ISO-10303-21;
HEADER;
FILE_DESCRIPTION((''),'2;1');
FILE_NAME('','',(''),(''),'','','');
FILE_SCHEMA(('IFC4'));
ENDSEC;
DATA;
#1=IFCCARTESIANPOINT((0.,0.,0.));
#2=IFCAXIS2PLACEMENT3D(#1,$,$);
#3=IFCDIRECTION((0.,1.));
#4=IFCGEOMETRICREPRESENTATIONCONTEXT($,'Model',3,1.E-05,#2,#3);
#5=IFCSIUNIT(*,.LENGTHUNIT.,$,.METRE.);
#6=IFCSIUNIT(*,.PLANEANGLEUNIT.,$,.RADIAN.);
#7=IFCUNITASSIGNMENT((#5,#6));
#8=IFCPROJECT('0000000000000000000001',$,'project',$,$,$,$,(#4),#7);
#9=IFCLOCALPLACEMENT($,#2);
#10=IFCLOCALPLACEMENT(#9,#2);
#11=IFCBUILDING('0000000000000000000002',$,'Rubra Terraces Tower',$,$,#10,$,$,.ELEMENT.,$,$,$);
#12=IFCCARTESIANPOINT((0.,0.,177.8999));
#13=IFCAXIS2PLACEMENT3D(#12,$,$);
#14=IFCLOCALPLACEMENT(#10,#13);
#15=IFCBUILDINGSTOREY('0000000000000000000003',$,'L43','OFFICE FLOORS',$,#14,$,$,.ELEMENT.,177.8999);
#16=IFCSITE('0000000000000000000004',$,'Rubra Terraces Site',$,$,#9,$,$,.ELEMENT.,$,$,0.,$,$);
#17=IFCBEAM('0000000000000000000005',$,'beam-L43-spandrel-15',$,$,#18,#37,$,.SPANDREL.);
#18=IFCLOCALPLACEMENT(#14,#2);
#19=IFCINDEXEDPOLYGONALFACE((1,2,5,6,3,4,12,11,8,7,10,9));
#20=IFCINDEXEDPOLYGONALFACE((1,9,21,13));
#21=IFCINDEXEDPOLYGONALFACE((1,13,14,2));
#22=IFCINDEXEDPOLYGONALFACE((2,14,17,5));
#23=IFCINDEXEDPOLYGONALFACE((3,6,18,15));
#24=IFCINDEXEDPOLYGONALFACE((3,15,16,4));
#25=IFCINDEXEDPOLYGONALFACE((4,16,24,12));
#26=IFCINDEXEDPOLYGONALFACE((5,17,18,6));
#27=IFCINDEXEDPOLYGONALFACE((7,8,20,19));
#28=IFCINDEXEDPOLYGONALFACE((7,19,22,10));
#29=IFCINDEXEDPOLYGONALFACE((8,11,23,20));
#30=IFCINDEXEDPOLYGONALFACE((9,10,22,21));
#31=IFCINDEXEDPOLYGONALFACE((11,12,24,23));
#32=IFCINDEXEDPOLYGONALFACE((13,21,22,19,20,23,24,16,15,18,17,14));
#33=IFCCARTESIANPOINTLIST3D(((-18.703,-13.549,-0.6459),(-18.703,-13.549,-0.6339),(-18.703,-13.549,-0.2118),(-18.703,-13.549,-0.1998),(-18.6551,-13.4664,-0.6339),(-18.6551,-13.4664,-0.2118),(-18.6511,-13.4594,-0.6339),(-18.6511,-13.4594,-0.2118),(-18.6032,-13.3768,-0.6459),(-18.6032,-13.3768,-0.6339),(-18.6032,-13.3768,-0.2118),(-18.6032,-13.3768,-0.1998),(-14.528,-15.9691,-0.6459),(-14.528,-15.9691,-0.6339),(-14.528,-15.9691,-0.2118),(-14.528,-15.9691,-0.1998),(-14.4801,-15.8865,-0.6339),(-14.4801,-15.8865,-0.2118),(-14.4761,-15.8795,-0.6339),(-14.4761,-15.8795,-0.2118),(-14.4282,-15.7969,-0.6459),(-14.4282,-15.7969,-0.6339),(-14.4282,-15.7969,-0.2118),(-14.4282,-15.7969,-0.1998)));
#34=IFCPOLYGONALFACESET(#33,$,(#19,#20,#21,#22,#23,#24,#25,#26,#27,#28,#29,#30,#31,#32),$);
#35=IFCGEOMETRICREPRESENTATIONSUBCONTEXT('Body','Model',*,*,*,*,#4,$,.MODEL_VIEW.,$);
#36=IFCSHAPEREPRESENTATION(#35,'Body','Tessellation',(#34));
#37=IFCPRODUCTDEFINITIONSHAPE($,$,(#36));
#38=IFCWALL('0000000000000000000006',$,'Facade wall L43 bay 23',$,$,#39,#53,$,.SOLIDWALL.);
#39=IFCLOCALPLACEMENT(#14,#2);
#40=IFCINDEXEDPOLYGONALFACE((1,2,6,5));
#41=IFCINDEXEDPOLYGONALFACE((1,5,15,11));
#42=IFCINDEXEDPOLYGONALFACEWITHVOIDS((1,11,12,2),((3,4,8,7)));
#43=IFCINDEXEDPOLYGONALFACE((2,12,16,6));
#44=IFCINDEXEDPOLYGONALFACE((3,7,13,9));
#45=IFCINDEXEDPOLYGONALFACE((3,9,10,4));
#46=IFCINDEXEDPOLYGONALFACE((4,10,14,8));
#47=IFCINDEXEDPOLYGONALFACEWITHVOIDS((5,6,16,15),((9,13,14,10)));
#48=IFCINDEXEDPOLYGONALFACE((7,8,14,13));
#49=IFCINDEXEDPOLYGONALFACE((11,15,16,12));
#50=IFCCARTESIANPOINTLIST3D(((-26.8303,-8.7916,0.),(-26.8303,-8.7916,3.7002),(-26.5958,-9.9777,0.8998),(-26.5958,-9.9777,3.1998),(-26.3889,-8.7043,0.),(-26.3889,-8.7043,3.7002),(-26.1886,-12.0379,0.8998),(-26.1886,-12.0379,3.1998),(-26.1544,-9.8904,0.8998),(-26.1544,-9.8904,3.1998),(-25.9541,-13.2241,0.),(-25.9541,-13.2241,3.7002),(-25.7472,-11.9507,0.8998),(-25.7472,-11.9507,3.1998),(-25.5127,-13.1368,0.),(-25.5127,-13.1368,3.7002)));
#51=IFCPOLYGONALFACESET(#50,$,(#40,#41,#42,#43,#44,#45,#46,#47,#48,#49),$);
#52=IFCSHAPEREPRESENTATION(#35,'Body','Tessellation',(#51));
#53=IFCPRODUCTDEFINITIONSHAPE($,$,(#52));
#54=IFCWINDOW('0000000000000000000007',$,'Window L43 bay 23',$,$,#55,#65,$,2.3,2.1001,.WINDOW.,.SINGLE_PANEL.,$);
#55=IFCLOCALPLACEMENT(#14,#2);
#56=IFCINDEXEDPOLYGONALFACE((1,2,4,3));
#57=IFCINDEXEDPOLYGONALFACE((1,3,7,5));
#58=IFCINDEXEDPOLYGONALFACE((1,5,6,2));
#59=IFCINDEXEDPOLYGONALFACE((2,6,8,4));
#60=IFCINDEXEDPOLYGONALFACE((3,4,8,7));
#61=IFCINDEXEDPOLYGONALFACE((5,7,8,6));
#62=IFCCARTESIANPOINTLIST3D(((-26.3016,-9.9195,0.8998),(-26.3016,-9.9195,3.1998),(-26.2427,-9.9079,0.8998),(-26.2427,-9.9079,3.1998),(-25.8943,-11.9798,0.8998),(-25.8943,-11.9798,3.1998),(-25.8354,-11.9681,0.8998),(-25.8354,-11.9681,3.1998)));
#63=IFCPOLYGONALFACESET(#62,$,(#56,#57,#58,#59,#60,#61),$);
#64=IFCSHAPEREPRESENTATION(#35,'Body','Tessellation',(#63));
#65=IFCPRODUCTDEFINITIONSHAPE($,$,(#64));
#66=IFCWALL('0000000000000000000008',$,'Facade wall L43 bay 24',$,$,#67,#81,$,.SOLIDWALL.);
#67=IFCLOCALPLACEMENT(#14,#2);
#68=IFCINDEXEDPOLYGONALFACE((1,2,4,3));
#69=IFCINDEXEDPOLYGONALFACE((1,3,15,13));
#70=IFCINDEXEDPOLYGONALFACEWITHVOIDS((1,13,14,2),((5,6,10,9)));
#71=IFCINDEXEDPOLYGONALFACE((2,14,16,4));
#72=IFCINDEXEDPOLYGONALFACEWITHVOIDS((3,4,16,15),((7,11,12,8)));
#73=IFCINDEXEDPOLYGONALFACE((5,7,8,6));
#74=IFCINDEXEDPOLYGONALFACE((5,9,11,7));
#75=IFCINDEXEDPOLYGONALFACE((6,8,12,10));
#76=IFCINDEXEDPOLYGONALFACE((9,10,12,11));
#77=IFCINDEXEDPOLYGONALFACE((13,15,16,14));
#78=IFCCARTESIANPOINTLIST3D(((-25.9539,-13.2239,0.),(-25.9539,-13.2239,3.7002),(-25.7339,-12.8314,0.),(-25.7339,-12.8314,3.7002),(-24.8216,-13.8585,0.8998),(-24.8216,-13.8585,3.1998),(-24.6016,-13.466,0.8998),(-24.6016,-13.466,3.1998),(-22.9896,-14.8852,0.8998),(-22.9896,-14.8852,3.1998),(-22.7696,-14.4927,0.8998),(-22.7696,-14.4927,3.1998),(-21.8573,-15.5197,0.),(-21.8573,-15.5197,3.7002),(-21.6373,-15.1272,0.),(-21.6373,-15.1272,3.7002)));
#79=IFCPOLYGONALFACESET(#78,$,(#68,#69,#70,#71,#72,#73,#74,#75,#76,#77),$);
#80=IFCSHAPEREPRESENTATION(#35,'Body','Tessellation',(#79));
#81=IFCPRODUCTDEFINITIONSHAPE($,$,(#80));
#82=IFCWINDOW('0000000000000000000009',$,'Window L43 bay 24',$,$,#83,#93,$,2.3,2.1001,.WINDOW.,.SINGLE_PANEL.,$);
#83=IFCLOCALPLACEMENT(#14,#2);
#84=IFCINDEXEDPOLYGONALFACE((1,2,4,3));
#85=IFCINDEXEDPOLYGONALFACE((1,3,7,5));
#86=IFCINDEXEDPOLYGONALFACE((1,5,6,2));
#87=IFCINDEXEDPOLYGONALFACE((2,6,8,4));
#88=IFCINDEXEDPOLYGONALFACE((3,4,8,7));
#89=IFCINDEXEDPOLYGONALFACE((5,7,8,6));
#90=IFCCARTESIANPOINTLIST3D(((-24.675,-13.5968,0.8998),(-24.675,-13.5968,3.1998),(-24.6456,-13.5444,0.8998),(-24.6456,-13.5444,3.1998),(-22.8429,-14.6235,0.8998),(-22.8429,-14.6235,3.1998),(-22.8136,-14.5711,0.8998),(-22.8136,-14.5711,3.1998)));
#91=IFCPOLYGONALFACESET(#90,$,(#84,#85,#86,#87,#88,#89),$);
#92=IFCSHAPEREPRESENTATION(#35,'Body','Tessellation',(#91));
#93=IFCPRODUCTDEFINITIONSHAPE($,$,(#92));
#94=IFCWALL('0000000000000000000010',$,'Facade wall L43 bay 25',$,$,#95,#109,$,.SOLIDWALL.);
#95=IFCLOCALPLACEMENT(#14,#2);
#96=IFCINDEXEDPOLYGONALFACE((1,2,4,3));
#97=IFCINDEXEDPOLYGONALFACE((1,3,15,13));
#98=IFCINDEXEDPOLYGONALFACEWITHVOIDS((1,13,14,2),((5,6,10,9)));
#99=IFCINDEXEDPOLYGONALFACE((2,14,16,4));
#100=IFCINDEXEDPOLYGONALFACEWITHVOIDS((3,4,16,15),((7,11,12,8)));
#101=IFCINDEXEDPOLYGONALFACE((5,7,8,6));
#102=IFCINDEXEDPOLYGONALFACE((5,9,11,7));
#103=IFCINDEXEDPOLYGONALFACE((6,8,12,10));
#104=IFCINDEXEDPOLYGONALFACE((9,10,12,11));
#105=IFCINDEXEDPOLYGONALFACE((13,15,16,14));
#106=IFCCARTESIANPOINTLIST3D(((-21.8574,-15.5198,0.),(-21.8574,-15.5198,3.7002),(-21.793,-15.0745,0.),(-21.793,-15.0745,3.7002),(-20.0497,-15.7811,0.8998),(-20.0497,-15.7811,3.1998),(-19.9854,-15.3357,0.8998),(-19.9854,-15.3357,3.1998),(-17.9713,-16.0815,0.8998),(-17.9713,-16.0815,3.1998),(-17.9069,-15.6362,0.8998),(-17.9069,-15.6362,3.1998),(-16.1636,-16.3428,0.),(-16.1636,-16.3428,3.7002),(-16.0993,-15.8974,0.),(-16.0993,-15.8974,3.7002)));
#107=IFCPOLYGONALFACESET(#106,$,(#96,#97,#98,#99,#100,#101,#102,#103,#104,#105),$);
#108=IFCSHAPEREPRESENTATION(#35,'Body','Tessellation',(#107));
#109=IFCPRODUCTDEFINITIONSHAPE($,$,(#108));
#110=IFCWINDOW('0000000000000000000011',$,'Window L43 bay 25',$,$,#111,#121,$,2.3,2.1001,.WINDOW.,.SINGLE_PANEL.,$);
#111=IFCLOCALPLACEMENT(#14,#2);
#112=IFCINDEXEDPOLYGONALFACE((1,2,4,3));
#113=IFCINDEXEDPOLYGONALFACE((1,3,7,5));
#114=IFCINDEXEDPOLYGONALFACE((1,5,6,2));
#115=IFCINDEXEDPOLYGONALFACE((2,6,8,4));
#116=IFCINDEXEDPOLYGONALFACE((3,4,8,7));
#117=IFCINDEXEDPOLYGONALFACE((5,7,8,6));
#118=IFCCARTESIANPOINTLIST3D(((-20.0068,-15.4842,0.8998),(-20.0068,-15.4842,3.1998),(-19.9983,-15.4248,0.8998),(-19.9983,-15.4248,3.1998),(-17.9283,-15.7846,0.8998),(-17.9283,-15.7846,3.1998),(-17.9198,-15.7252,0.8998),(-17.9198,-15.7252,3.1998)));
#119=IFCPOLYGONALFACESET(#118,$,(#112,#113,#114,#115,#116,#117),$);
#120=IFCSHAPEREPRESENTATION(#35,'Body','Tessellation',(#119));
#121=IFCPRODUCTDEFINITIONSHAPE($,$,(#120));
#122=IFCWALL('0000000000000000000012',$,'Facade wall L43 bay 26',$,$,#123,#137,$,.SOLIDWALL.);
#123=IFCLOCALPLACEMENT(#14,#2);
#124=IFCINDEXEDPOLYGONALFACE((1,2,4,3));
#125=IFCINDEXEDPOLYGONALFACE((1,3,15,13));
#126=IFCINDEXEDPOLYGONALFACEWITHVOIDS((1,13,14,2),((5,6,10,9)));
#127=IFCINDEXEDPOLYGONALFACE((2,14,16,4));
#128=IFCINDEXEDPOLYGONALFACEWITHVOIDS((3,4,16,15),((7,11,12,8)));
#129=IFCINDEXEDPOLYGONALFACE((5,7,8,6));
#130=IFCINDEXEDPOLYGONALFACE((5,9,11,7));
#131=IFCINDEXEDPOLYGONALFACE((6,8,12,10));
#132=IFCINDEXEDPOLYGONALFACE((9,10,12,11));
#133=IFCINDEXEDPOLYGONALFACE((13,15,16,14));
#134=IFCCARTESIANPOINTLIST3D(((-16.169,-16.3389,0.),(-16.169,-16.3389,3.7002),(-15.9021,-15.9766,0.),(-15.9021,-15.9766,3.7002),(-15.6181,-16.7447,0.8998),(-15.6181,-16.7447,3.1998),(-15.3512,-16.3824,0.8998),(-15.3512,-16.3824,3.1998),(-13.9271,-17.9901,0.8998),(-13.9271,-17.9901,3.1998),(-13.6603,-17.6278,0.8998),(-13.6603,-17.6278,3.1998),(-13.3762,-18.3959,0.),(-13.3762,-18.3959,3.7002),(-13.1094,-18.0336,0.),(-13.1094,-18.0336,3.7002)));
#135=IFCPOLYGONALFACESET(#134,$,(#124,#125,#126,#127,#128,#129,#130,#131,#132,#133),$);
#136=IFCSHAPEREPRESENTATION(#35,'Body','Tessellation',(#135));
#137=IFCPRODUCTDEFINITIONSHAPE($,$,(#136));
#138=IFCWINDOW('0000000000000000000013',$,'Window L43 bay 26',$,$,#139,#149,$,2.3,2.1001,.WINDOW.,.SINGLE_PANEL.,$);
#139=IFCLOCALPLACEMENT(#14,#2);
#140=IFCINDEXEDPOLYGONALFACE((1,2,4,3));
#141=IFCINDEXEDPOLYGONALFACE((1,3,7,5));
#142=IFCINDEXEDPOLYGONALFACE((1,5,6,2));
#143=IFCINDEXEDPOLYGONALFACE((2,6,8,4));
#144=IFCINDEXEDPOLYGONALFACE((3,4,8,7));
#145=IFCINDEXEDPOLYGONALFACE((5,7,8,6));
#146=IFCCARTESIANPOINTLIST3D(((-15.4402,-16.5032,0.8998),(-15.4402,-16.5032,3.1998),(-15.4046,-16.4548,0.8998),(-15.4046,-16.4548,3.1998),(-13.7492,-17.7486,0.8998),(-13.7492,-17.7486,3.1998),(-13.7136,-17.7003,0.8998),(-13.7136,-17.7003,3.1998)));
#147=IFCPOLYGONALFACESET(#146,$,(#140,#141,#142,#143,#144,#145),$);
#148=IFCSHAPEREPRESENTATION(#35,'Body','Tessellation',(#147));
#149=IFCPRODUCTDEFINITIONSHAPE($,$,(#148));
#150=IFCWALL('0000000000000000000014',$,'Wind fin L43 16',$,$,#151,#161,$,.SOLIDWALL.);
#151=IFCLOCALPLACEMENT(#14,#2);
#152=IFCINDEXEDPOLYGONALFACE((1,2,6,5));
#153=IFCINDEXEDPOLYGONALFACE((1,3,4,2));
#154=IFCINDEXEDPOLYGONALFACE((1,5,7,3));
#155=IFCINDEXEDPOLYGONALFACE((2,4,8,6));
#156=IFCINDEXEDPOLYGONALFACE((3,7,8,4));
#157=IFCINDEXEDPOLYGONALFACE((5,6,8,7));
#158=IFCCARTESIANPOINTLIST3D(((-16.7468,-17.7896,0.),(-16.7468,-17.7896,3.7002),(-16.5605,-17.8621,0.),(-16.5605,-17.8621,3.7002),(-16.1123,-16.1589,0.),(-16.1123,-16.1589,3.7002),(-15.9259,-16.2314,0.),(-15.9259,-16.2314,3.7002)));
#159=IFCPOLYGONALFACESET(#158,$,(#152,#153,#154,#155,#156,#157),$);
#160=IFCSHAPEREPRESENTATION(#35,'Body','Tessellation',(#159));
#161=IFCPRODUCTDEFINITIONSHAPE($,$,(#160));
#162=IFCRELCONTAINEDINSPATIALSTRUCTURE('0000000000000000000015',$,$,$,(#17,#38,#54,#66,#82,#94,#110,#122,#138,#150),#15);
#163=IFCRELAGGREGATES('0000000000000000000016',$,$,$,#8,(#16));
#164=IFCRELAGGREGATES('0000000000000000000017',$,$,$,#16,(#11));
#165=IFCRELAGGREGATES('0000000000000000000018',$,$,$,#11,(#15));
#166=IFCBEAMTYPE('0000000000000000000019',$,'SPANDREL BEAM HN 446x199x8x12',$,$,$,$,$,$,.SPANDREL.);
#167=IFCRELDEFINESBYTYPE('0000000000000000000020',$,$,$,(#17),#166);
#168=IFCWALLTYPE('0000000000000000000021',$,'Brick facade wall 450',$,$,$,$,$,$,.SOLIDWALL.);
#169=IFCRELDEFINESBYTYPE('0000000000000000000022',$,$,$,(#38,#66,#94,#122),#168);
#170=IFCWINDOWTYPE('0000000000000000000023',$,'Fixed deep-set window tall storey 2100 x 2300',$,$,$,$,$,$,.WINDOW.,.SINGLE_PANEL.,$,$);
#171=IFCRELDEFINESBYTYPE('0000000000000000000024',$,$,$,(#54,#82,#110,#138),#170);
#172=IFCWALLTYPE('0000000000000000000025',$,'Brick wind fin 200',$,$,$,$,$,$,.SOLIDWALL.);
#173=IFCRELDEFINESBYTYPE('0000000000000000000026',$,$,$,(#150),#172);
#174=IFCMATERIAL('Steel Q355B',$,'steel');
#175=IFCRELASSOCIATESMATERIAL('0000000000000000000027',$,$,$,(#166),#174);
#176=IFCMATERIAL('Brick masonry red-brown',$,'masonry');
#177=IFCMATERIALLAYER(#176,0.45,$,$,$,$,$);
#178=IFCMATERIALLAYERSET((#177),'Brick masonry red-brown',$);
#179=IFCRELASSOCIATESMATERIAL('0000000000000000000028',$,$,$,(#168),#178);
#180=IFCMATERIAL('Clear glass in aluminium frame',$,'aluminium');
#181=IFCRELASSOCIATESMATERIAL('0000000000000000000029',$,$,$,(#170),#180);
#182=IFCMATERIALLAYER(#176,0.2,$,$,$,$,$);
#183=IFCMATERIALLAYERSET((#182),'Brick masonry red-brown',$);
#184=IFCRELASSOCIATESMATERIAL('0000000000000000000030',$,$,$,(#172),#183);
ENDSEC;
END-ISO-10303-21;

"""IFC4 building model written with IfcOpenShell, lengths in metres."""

from ifc_helpers import new_model, si_unit, direction, frame, frame_2d, origin, origin_2d, place, context, subcontext, project, spatial, rectangle, i_section, extrude, material, layer, layer_set, material_profile, profile_set, type_object, element, fill, save


model = new_model("IFC4")

# Units and contexts
model_context = context("Model", 3, precision=1e-05, world=origin(), true_north=direction((0.0, 1.0)))
body_context = subcontext(model_context, "Body", "Model", "MODEL_VIEW")
ifc_project = project(units=[si_unit("LENGTHUNIT", "METRE"), si_unit("PLANEANGLEUNIT", "RADIAN")], contexts=[model_context])

# Site, building, storey
site_placement = place(None, origin())
site = spatial("IfcSite", under=ifc_project, at=site_placement, Name="Rubra Terraces Site", CompositionType="ELEMENT", RefElevation=0.0)
building_placement = place(site_placement, origin())
building = spatial("IfcBuilding", under=site, at=building_placement, Name="Rubra Terraces Tower", CompositionType="ELEMENT")
storey_placement = place(building_placement, frame((0.0, 0.0, 177.8999)))
storey = spatial("IfcBuildingStorey", under=building, at=storey_placement, Name="L43", Description="OFFICE FLOORS", CompositionType="ELEMENT", Elevation=177.8999)

# Beam
ifc_material_1 = material(Name="Steel Q355B", Category="steel")
ifc_material_profile_1 = material_profile(ifc_material_1, i_section(OverallWidth=0.199, OverallDepth=0.446, WebThickness=0.0081, FlangeThickness=0.012, at=origin_2d()), Name="HN 446x199x8x12")
ifc_profile_set_1 = profile_set([ifc_material_profile_1], Name="Steel Q355B")
beam_type_1 = type_object("IfcBeamType", Name="SPANDREL BEAM HN 446x199x8x12", PredefinedType="SPANDREL", material=ifc_profile_set_1)
beam_1_placement = place(storey_placement, frame((-18.6531, -13.4629, -0.4229), z_axis=(0.865154, -0.501507, 0.0), x_axis=(0.501507, 0.865154, 0.0)))
element("IfcBeam", 1, at=beam_1_placement, inside=storey, type_object=beam_type_1, Name="beam-L43-spandrel-15", PredefinedType="SPANDREL", context=body_context, shape_type="SweptSolid", body=[
    extrude(i_section(OverallWidth=0.199, OverallDepth=0.446, WebThickness=0.0081, FlangeThickness=0.012, at=origin_2d()), origin(), (0.0, 0.0, 1.0), 4.8257),
])

# Walls, openings, windows
ifc_material_2 = material(Name="Brick masonry red-brown", Category="masonry")
ifc_layer_1 = layer(ifc_material_2, 0.45)
ifc_layer_set_1 = layer_set([ifc_layer_1], Name="Brick masonry red-brown")
wall_type_1 = type_object("IfcWallType", Name="Brick facade wall 450", PredefinedType="SOLIDWALL", material=ifc_layer_set_1)
wall_1_placement = place(storey_placement, frame((-26.6096, -8.7478, 0.0), z_axis=(0.0, 0.0, 1.0), x_axis=(0.193923, -0.981017, 0.0)))
wall_1 = element("IfcWall", 2, at=wall_1_placement, inside=storey, type_object=wall_type_1, Name="Facade wall L43 bay 23", PredefinedType="SOLIDWALL", context=body_context, shape_type="SweptSolid", body=[
    extrude(rectangle(XDim=4.5183, YDim=0.45, at=frame_2d((2.2593, 0.0))), origin(), (0.0, 0.0, 1.0), 3.7002),
])
opening_1_placement = place(wall_1_placement, frame((1.2092, 0.0, 0.8999)))
opening_1 = element("IfcOpeningElement", 3, at=opening_1_placement, cuts=wall_1, PredefinedType="OPENING", context=body_context, shape_type="SweptSolid", body=[
    extrude(rectangle(XDim=2.1001, YDim=2.3, at=frame_2d((1.05, 1.1499))), frame((0.0, 0.2349, 0.0), z_axis=(0.0, -1.0, 0.0), x_axis=(1.0, 0.0, 0.0)), (0.0, 0.0, 1.0), 0.47),
])
ifc_material_3 = material(Name="Clear glass in aluminium frame", Category="aluminium")
window_type = type_object("IfcWindowType", Name="Fixed deep-set window tall storey 2100 x 2300", PartitioningType="SINGLE_PANEL", PredefinedType="WINDOW", material=ifc_material_3)
window_1_placement = place(opening_1_placement, origin())
window_1 = element("IfcWindow", 4, at=window_1_placement, inside=storey, type_object=window_type, Name="Window L43 bay 23", OverallHeight=2.3, OverallWidth=2.1001, PartitioningType="SINGLE_PANEL", PredefinedType="WINDOW", context=body_context, shape_type="SweptSolid", body=[
    extrude(rectangle(XDim=2.1001, YDim=2.3, at=frame_2d((1.05, 1.1499))), frame((0.0, 0.135, 0.0), z_axis=(0.0, -1.0, 0.0), x_axis=(1.0, 0.0, 0.0)), (0.0, 0.0, 1.0), 0.0601),
])
fill(opening_1, window_1)
wall_2_placement = place(storey_placement, frame((-25.844, -13.0276, 0.0), z_axis=(0.0, 0.0, 1.0), x_axis=(0.872346, -0.488888, 0.0)))
wall_2 = element("IfcWall", 5, at=wall_2_placement, inside=storey, type_object=wall_type_1, Name="Facade wall L43 bay 24", PredefinedType="SOLIDWALL", context=body_context, shape_type="SweptSolid", body=[
    extrude(rectangle(XDim=4.696, YDim=0.45, at=frame_2d((2.3481, 0.0))), origin(), (0.0, 0.0, 1.0), 3.7002),
])
opening_2_placement = place(wall_2_placement, frame((1.2981, 0.0, 0.8999)))
opening_2 = element("IfcOpeningElement", 6, at=opening_2_placement, cuts=wall_2, PredefinedType="OPENING", context=body_context, shape_type="SweptSolid", body=[
    extrude(rectangle(XDim=2.1001, YDim=2.3, at=frame_2d((1.05, 1.1499))), frame((0.0, 0.2349, 0.0), z_axis=(0.0, -1.0, 0.0), x_axis=(1.0, 0.0, 0.0)), (0.0, 0.0, 1.0), 0.47),
])
window_2_placement = place(opening_2_placement, origin())
window_2 = element("IfcWindow", 7, at=window_2_placement, inside=storey, type_object=window_type, Name="Window L43 bay 24", OverallHeight=2.3, OverallWidth=2.1001, PartitioningType="SINGLE_PANEL", PredefinedType="WINDOW", context=body_context, shape_type="SweptSolid", body=[
    extrude(rectangle(XDim=2.1001, YDim=2.3, at=frame_2d((1.05, 1.1499))), frame((0.0, 0.135, 0.0), z_axis=(0.0, -1.0, 0.0), x_axis=(1.0, 0.0, 0.0)), (0.0, 0.0, 1.0), 0.0601),
])
fill(opening_2, window_2)
wall_3_placement = place(storey_placement, frame((-21.8252, -15.2971, 0.0), z_axis=(0.0, 0.0, 1.0), x_axis=(0.989715, -0.143055, 0.0)))
wall_3 = element("IfcWall", 8, at=wall_3_placement, inside=storey, type_object=wall_type_1, Name="Facade wall L43 bay 25", PredefinedType="SOLIDWALL", context=body_context, shape_type="SweptSolid", body=[
    extrude(rectangle(XDim=5.7529, YDim=0.45, at=frame_2d((2.8765, 0.0))), origin(), (0.0, 0.0, 1.0), 3.7002),
])
opening_3_placement = place(wall_3_placement, frame((1.8264, 0.0, 0.8999)))
opening_3 = element("IfcOpeningElement", 9, at=opening_3_placement, cuts=wall_3, PredefinedType="OPENING", context=body_context, shape_type="SweptSolid", body=[
    extrude(rectangle(XDim=2.1001, YDim=2.3, at=frame_2d((1.05, 1.1499))), frame((0.0, 0.2349, 0.0), z_axis=(0.0, -1.0, 0.0), x_axis=(1.0, 0.0, 0.0)), (0.0, 0.0, 1.0), 0.47),
])
window_3_placement = place(opening_3_placement, origin())
window_3 = element("IfcWindow", 10, at=window_3_placement, inside=storey, type_object=window_type, Name="Window L43 bay 25", OverallHeight=2.3, OverallWidth=2.1001, PartitioningType="SINGLE_PANEL", PredefinedType="WINDOW", context=body_context, shape_type="SweptSolid", body=[
    extrude(rectangle(XDim=2.1001, YDim=2.3, at=frame_2d((1.05, 1.1499))), frame((0.0, 0.135, 0.0), z_axis=(0.0, -1.0, 0.0), x_axis=(1.0, 0.0, 0.0)), (0.0, 0.0, 1.0), 0.0601),
])
fill(opening_3, window_3)
wall_4_placement = place(storey_placement, frame((-16.0356, -16.1577, 0.0), z_axis=(0.0, 0.0, 1.0), x_axis=(0.805181, -0.593029, 0.0)))
wall_4 = element("IfcWall", 11, at=wall_4_placement, inside=storey, type_object=wall_type_1, Name="Facade wall L43 bay 26", PredefinedType="SOLIDWALL", context=body_context, shape_type="SweptSolid", body=[
    extrude(rectangle(XDim=3.4685, YDim=0.45, at=frame_2d((1.7344, 0.0))), origin(), (0.0, 0.0, 1.0), 3.7002),
])
opening_4_placement = place(wall_4_placement, frame((0.6843, 0.0, 0.8999)))
opening_4 = element("IfcOpeningElement", 12, at=opening_4_placement, cuts=wall_4, PredefinedType="OPENING", context=body_context, shape_type="SweptSolid", body=[
    extrude(rectangle(XDim=2.1001, YDim=2.3, at=frame_2d((1.05, 1.1499))), frame((0.0, 0.2349, 0.0), z_axis=(0.0, -1.0, 0.0), x_axis=(1.0, 0.0, 0.0)), (0.0, 0.0, 1.0), 0.47),
])
window_4_placement = place(opening_4_placement, origin())
window_4 = element("IfcWindow", 13, at=window_4_placement, inside=storey, type_object=window_type, Name="Window L43 bay 26", OverallHeight=2.3, OverallWidth=2.1001, PartitioningType="SINGLE_PANEL", PredefinedType="WINDOW", context=body_context, shape_type="SweptSolid", body=[
    extrude(rectangle(XDim=2.1001, YDim=2.3, at=frame_2d((1.05, 1.1499))), frame((0.0, 0.135, 0.0), z_axis=(0.0, -1.0, 0.0), x_axis=(1.0, 0.0, 0.0)), (0.0, 0.0, 1.0), 0.0601),
])
fill(opening_4, window_4)

# Wall
ifc_layer_2 = layer(ifc_material_2, 0.2)
ifc_layer_set_2 = layer_set([ifc_layer_2], Name="Brick masonry red-brown")
wall_type_2 = type_object("IfcWallType", Name="Brick wind fin 200", PredefinedType="SOLIDWALL", material=ifc_layer_set_2)
wall_5_placement = place(storey_placement, frame((-16.019, -16.1951, 0.0), z_axis=(0.0, 0.0, 1.0), x_axis=(-0.362642, -0.931929, 0.0)))
element("IfcWall", 14, at=wall_5_placement, inside=storey, type_object=wall_type_2, Name="Wind fin L43 16", PredefinedType="SOLIDWALL", context=body_context, shape_type="SweptSolid", body=[
    extrude(rectangle(XDim=1.7498, YDim=0.2, at=frame_2d((0.875, 0.0))), origin(), (0.0, 0.0, 1.0), 3.7002),
])

save(model, "model.ifc")
